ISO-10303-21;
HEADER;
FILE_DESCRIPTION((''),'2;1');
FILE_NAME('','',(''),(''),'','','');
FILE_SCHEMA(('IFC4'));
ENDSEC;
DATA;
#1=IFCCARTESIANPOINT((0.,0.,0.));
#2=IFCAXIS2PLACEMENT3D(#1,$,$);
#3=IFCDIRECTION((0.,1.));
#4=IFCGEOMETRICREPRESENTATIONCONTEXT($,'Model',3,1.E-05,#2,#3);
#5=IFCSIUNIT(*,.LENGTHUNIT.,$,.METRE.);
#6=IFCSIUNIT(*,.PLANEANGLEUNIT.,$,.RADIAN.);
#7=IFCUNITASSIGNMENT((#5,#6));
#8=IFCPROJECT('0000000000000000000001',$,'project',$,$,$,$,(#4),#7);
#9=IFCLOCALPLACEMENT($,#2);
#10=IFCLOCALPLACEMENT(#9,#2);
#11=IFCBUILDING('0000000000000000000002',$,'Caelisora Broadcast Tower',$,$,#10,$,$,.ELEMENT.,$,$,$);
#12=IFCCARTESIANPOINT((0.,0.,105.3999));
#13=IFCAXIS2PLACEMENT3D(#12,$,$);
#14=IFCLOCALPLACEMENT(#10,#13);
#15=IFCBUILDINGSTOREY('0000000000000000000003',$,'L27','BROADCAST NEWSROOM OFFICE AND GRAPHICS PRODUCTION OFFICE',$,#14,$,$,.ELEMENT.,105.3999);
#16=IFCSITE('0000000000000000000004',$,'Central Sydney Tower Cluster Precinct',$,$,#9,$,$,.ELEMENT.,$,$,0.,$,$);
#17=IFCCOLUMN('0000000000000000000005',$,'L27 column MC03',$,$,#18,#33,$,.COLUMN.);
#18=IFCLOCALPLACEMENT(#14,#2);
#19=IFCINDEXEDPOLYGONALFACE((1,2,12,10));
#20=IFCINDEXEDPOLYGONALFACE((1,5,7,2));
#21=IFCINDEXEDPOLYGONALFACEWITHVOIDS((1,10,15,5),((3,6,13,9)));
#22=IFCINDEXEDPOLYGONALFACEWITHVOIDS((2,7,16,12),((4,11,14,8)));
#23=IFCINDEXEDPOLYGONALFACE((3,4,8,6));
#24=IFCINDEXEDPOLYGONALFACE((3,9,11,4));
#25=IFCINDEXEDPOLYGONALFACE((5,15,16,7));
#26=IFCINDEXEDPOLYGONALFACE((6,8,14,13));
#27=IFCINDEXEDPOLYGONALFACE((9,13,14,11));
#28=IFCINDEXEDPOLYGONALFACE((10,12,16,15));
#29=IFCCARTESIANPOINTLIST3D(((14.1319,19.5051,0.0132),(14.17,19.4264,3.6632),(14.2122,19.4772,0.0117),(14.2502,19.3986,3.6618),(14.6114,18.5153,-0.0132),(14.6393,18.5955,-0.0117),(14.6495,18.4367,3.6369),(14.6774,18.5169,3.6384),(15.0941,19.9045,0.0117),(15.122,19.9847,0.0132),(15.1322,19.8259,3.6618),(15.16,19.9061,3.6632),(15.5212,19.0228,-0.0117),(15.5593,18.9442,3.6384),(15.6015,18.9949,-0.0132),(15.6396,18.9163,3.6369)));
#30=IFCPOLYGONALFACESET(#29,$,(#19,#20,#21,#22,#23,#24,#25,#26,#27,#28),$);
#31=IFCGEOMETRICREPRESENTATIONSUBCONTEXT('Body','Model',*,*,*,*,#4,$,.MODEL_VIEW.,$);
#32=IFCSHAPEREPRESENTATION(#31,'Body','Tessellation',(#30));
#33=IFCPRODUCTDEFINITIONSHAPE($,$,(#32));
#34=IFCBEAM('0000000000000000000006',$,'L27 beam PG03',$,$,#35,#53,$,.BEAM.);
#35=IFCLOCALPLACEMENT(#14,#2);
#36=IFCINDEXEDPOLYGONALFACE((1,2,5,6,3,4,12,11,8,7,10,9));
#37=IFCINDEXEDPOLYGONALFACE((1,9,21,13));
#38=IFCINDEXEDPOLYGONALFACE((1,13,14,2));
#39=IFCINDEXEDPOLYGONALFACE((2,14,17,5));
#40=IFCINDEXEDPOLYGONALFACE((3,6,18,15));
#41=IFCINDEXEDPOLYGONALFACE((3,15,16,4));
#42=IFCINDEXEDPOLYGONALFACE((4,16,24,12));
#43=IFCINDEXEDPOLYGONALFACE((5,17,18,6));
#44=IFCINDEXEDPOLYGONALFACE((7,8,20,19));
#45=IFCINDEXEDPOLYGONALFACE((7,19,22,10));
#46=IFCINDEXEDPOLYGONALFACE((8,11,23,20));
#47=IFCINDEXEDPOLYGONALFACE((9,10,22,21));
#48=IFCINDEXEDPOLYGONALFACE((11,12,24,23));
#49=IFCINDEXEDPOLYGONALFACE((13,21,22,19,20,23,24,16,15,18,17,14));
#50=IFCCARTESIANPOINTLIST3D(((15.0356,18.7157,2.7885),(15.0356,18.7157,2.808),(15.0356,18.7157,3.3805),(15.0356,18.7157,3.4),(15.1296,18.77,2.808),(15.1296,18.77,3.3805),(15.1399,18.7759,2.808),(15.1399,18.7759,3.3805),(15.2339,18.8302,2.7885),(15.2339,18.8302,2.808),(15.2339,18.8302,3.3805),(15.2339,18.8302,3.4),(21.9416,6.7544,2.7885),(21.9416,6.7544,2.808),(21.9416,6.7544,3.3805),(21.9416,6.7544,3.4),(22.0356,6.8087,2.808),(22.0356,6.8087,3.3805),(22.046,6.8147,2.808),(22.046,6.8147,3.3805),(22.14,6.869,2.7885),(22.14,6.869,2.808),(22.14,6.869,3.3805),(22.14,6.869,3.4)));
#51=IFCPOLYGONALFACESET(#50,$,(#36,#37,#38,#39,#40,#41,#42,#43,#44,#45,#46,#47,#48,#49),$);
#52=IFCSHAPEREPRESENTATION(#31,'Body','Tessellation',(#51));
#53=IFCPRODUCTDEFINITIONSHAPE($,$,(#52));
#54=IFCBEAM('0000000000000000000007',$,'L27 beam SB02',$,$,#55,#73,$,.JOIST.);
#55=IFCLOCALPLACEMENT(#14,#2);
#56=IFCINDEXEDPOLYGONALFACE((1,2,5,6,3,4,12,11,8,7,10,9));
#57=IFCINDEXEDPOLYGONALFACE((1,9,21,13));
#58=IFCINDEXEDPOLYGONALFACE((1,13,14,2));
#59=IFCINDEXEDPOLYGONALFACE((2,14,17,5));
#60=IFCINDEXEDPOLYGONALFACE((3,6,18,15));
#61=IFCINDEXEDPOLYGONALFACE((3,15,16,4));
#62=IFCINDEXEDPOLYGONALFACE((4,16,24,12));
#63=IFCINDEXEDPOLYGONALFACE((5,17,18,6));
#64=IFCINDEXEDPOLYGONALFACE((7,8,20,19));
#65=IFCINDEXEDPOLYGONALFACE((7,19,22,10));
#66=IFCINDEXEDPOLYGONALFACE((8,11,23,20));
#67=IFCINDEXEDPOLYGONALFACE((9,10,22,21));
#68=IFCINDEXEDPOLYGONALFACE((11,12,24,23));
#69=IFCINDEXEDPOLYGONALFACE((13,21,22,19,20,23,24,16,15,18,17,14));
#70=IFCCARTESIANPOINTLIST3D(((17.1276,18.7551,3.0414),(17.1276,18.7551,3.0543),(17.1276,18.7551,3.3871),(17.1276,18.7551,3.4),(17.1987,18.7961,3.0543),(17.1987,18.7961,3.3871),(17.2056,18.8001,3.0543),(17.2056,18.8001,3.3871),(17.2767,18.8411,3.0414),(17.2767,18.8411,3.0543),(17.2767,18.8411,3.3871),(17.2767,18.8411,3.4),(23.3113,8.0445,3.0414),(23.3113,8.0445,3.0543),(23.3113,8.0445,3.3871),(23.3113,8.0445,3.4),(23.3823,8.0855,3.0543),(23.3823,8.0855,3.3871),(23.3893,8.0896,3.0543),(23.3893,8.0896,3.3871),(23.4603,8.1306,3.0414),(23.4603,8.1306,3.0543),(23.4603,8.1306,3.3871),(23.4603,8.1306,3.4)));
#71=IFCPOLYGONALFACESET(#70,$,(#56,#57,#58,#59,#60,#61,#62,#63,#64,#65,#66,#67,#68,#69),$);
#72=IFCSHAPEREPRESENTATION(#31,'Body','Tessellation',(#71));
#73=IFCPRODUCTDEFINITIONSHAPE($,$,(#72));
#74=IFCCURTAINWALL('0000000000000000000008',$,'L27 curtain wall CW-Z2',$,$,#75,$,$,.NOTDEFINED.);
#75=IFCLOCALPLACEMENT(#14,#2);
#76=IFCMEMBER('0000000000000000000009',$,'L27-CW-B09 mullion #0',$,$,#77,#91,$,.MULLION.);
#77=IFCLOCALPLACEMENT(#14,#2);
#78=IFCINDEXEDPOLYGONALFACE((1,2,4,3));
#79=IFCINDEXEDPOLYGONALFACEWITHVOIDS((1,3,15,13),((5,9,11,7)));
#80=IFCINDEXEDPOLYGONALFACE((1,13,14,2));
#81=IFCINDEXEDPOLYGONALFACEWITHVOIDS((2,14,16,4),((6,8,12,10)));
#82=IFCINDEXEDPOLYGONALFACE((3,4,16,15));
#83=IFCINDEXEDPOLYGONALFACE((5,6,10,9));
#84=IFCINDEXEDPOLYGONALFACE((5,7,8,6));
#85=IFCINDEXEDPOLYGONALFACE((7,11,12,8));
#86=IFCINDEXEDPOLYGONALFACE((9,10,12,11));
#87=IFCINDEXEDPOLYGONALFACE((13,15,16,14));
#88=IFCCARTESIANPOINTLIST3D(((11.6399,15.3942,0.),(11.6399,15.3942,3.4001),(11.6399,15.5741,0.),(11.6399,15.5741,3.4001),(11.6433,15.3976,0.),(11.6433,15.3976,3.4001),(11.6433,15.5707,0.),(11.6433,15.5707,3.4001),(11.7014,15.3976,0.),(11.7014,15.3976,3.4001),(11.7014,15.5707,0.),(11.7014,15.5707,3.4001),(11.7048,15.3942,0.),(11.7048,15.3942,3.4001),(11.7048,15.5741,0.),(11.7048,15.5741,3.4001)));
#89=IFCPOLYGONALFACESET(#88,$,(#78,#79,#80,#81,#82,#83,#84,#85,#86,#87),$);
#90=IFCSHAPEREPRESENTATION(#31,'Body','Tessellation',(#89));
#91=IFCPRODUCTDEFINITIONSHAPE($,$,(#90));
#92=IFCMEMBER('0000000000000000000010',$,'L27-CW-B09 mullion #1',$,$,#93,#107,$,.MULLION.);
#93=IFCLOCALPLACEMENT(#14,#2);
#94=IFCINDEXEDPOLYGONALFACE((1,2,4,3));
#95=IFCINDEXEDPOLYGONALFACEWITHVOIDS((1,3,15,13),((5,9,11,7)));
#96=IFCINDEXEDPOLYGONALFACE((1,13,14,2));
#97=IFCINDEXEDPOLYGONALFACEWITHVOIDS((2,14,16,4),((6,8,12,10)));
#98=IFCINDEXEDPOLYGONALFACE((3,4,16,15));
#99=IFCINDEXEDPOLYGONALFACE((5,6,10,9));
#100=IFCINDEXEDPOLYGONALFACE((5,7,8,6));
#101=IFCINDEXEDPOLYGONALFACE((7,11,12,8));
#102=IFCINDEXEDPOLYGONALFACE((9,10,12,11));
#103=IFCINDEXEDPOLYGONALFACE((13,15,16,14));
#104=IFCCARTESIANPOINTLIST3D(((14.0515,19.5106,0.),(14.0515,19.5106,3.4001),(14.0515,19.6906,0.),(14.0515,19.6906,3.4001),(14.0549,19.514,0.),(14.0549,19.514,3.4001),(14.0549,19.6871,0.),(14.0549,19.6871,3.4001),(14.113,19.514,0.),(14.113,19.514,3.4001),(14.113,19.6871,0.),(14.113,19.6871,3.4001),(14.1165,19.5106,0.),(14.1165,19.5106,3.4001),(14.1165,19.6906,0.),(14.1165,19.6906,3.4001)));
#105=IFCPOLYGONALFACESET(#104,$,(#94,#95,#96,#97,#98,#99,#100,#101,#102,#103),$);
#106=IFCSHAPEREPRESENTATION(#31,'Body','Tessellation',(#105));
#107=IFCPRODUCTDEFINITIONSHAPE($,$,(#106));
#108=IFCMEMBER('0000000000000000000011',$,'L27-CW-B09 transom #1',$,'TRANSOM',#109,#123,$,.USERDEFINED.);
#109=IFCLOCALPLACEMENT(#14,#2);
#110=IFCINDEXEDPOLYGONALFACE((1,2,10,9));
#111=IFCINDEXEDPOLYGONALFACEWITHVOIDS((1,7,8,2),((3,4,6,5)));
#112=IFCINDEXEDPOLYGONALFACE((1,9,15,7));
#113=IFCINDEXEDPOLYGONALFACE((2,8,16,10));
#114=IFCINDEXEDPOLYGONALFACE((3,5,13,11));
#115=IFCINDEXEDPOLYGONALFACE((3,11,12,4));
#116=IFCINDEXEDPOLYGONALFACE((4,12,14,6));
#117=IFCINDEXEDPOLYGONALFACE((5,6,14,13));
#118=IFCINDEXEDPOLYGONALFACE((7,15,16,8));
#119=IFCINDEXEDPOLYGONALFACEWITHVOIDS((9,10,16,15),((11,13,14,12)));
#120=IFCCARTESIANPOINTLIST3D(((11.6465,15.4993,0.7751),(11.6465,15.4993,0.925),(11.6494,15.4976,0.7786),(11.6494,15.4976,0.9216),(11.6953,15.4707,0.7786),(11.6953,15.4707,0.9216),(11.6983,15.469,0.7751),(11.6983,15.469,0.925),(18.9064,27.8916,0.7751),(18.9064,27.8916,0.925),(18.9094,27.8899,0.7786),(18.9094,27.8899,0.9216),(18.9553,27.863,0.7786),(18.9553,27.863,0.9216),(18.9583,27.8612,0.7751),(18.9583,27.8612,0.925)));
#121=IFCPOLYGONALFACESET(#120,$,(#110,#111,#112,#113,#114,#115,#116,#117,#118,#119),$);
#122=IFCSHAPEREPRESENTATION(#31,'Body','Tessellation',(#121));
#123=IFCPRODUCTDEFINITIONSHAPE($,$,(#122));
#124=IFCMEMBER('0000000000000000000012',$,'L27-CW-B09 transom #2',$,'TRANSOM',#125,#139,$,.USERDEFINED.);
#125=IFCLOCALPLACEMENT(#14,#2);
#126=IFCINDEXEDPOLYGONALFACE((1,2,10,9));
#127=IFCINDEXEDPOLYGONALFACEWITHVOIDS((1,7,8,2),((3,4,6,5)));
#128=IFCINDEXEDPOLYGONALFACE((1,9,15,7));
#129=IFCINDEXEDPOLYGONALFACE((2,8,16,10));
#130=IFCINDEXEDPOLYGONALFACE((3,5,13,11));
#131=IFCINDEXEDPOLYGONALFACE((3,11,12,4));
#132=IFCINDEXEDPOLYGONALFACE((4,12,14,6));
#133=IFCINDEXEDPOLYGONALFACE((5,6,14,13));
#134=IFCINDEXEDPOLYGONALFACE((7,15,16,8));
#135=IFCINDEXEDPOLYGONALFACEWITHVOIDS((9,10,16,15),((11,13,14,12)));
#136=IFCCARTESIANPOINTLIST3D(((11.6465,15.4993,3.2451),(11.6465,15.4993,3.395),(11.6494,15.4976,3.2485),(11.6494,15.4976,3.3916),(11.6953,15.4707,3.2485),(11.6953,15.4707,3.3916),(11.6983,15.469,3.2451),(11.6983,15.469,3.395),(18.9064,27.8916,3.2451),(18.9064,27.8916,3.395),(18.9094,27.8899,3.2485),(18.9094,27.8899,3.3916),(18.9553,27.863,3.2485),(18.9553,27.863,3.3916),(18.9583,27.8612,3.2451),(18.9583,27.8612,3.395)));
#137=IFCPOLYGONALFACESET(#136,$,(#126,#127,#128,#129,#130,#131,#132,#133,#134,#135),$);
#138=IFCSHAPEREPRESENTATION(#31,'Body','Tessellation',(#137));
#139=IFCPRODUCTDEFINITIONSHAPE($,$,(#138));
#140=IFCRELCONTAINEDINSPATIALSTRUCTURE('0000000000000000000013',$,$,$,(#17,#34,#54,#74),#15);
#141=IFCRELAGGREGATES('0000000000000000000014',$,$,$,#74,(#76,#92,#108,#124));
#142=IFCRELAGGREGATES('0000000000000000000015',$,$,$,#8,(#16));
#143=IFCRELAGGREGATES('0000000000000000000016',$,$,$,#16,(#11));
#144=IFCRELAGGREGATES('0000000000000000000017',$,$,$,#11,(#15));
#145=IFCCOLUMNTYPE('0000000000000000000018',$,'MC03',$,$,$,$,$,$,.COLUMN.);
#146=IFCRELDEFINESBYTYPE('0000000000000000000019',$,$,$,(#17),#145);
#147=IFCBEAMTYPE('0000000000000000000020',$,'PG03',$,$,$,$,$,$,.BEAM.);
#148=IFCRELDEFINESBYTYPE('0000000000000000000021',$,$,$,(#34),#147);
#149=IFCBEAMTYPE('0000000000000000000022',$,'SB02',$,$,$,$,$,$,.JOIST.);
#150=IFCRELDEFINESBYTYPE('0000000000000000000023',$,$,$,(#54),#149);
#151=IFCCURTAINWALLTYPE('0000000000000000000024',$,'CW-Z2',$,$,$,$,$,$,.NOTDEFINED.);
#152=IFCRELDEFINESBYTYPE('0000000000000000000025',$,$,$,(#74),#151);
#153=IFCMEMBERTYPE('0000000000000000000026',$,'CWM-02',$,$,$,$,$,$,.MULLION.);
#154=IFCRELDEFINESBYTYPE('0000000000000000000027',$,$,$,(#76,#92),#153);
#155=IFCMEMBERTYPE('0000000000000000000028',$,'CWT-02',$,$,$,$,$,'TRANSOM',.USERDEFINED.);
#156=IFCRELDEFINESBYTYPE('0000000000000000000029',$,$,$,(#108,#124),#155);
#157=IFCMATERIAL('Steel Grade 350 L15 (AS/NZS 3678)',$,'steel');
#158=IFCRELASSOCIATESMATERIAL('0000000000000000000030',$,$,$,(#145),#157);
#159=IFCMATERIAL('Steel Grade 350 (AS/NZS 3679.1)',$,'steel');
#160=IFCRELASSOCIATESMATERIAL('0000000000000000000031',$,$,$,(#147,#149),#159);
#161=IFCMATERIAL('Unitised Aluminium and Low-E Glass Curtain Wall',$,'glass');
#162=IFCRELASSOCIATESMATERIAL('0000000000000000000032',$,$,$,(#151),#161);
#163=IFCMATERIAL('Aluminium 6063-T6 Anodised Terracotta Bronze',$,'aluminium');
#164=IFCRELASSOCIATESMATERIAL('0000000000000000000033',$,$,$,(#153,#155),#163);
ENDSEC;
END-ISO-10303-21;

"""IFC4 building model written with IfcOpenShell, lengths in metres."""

from ifc_helpers import new_model, si_unit, direction, frame, origin, origin_2d, place, context, subcontext, project, spatial, hollow_rectangle, i_section, extrude, source, transform, mapped, material, material_profile, profile_set, type_object, type_shapes, element, aggregate, save


model = new_model("IFC4")

# Units and contexts
model_context = context("Model", 3, precision=1e-05, world=origin(), true_north=direction((0.0, 1.0)))
body_context = subcontext(model_context, "Body", "Model", "MODEL_VIEW")
ifc_project = project(units=[si_unit("LENGTHUNIT", "METRE"), si_unit("PLANEANGLEUNIT", "RADIAN")], contexts=[model_context])

# Site, building, storey
site_placement = place(None, origin())
site = spatial("IfcSite", under=ifc_project, at=site_placement, Name="Central Sydney Tower Cluster Precinct", CompositionType="ELEMENT", RefElevation=0.0)
building_placement = place(site_placement, origin())
building = spatial("IfcBuilding", under=site, at=building_placement, Name="Caelisora Broadcast Tower", CompositionType="ELEMENT")
storey_placement = place(building_placement, frame((0.0, 0.0, 105.3999)))
storey = spatial("IfcBuildingStorey", under=building, at=storey_placement, Name="L27", Description="BROADCAST NEWSROOM OFFICE AND GRAPHICS PRODUCTION OFFICE", CompositionType="ELEMENT", Elevation=105.3999)

# Column
ifc_material_1 = material(Name="Steel Grade 350 L15 (AS/NZS 3678)", Category="steel")
ifc_material_profile_1 = material_profile(ifc_material_1, hollow_rectangle(XDim=1.1001, YDim=1.1001, WallThickness=0.0601, at=origin_2d()), Name="Steel Grade 350 L15 (AS/NZS 3678)")
ifc_profile_set_1 = profile_set([ifc_material_profile_1], Name="Steel Grade 350 L15 (AS/NZS 3678)")
column_type = type_object("IfcColumnType", Name="MC03", PredefinedType="COLUMN", material=ifc_profile_set_1)
shared_shape_1 = source(origin(), body_context, "Body", "SweptSolid", [
    extrude(hollow_rectangle(XDim=1.1001, YDim=1.1001, WallThickness=0.0601, at=origin_2d()), origin(), (0.0, 0.0, 1.0), 3.6511),
])
type_shapes(column_type, [shared_shape_1])
column_placement = place(storey_placement, frame((14.8667, 19.25, 0.0), z_axis=(0.010431, -0.021531, 0.999714), x_axis=(0.899947, 0.435999, 0.0)))
element("IfcColumn", 1, at=column_placement, inside=storey, type_object=column_type, Name="L27 column MC03", PredefinedType="COLUMN", context=body_context, shape_type="MappedRepresentation", body=[
    mapped(shared_shape_1, transform((0.0, 0.0, 0.0), scale=1.0)),
])

# Beams
ifc_material_2 = material(Name="Steel Grade 350 (AS/NZS 3679.1)", Category="steel")
ifc_material_profile_2 = material_profile(ifc_material_2, i_section(OverallWidth=0.229, OverallDepth=0.6116, WebThickness=0.012, FlangeThickness=0.0195, at=origin_2d()), Name="Steel Grade 350 (AS/NZS 3679.1)")
ifc_profile_set_2 = profile_set([ifc_material_profile_2], Name="Steel Grade 350 (AS/NZS 3679.1)")
beam_type_1 = type_object("IfcBeamType", Name="PG03", PredefinedType="BEAM", material=ifc_profile_set_2)
shared_shape_2 = source(origin(), body_context, "Body", "SweptSolid", [
    extrude(i_section(OverallWidth=0.229, OverallDepth=0.6116, WebThickness=0.012, FlangeThickness=0.0195, at=origin_2d()), origin(), (0.0, 0.0, 1.0), 13.8118),
])
type_shapes(beam_type_1, [shared_shape_2])
beam_1_placement = place(storey_placement, frame((15.1348, 18.7729, 3.0942), z_axis=(0.500012, -0.866019, 0.0), x_axis=(0.866019, 0.500012, 0.0)))
element("IfcBeam", 2, at=beam_1_placement, inside=storey, type_object=beam_type_1, Name="L27 beam PG03", PredefinedType="BEAM", context=body_context, shape_type="MappedRepresentation", body=[
    mapped(shared_shape_2, transform((0.0, 0.0, 0.0), scale=1.0)),
])
ifc_material_profile_3 = material_profile(ifc_material_2, i_section(OverallWidth=0.1721, OverallDepth=0.3586, WebThickness=0.0081, FlangeThickness=0.0129, at=origin_2d()), Name="Steel Grade 350 (AS/NZS 3679.1)")
ifc_profile_set_3 = profile_set([ifc_material_profile_3], Name="Steel Grade 350 (AS/NZS 3679.1)")
beam_type_2 = type_object("IfcBeamType", Name="SB02", PredefinedType="JOIST", material=ifc_profile_set_3)
shared_shape_3 = source(origin(), body_context, "Body", "SweptSolid", [
    extrude(i_section(OverallWidth=0.1721, OverallDepth=0.3586, WebThickness=0.0081, FlangeThickness=0.0129, at=origin_2d()), origin(), (0.0, 0.0, 1.0), 12.3674),
])
type_shapes(beam_type_2, [shared_shape_3])
beam_2_placement = place(storey_placement, frame((17.2021, 18.7981, 3.2207), z_axis=(0.499995, -0.866028, 0.0), x_axis=(0.866028, 0.499995, 0.0)))
element("IfcBeam", 3, at=beam_2_placement, inside=storey, type_object=beam_type_2, Name="L27 beam SB02", PredefinedType="JOIST", context=body_context, shape_type="MappedRepresentation", body=[
    mapped(shared_shape_3, transform((0.0, 0.0, 0.0), scale=1.0)),
])

# Curtain wall, members
ifc_material_3 = material(Name="Unitised Aluminium and Low-E Glass Curtain Wall", Category="glass")
curtain_wall_type = type_object("IfcCurtainWallType", Name="CW-Z2", PredefinedType="NOTDEFINED", material=ifc_material_3)
curtain_wall_placement = place(storey_placement, origin())
curtain_wall = element("IfcCurtainWall", 4, at=curtain_wall_placement, inside=storey, type_object=curtain_wall_type, Name="L27 curtain wall CW-Z2", PredefinedType="NOTDEFINED")
ifc_material_4 = material(Name="Aluminium 6063-T6 Anodised Terracotta Bronze", Category="aluminium")
ifc_material_profile_4 = material_profile(ifc_material_4, hollow_rectangle(XDim=0.0649, YDim=0.1799, WallThickness=0.0034, at=origin_2d()), Name="Aluminium 6063-T6 Anodised Terracotta Bronze")
ifc_profile_set_4 = profile_set([ifc_material_profile_4], Name="Aluminium 6063-T6 Anodised Terracotta Bronze")
member_type_1 = type_object("IfcMemberType", Name="CWM-02", PredefinedType="MULLION", material=ifc_profile_set_4)
shared_shape_4 = source(origin(), body_context, "Body", "SweptSolid", [
    extrude(hollow_rectangle(XDim=0.0649, YDim=0.1799, WallThickness=0.0034, at=origin_2d()), origin(), (0.0, 0.0, 1.0), 3.4001),
])
type_shapes(member_type_1, [shared_shape_4])
member_1_placement = place(storey_placement, frame((11.6724, 15.4841, 0.0), z_axis=(0.0, 0.0, 1.0), x_axis=(1.0, 0.0, 0.0)))
member_1 = element("IfcMember", 5, at=member_1_placement, type_object=member_type_1, Name="L27-CW-B09 mullion #0", PredefinedType="MULLION", context=body_context, shape_type="MappedRepresentation", body=[
    mapped(shared_shape_4, transform((0.0, 0.0, 0.0), scale=1.0)),
])
member_2_placement = place(storey_placement, frame((14.084, 19.6006, 0.0), z_axis=(0.0, 0.0, 1.0), x_axis=(1.0, 0.0, 0.0)))
member_2 = element("IfcMember", 6, at=member_2_placement, type_object=member_type_1, Name="L27-CW-B09 mullion #1", PredefinedType="MULLION", context=body_context, shape_type="MappedRepresentation", body=[
    mapped(shared_shape_4, transform((0.0, 0.0, 0.0), scale=1.0)),
])
ifc_material_profile_5 = material_profile(ifc_material_4, hollow_rectangle(XDim=0.0601, YDim=0.1499, WallThickness=0.0034, at=origin_2d()), Name="Aluminium 6063-T6 Anodised Terracotta Bronze")
ifc_profile_set_5 = profile_set([ifc_material_profile_5], Name="Aluminium 6063-T6 Anodised Terracotta Bronze")
member_type_2 = type_object("IfcMemberType", Name="CWT-02", ElementType="TRANSOM", PredefinedType="USERDEFINED", material=ifc_profile_set_5)
shared_shape_5 = source(origin(), body_context, "Body", "SweptSolid", [
    extrude(hollow_rectangle(XDim=0.0601, YDim=0.1499, WallThickness=0.0034, at=origin_2d()), origin(), (0.0, 0.0, 1.0), 14.3623),
])
type_shapes(member_type_2, [shared_shape_5])
member_3_placement = place(storey_placement, frame((11.6724, 15.4841, 0.8501), z_axis=(0.505488, 0.862833, 0.0), x_axis=(-0.862833, 0.505488, 0.0)))
member_3 = element("IfcMember", 7, at=member_3_placement, type_object=member_type_2, Name="L27-CW-B09 transom #1", ObjectType="TRANSOM", PredefinedType="USERDEFINED", context=body_context, shape_type="MappedRepresentation", body=[
    mapped(shared_shape_5, transform((0.0, 0.0, 0.0), scale=1.0)),
])
member_4_placement = place(storey_placement, frame((11.6724, 15.4841, 3.3201), z_axis=(0.505488, 0.862833, 0.0), x_axis=(-0.862833, 0.505488, 0.0)))
member_4 = element("IfcMember", 8, at=member_4_placement, type_object=member_type_2, Name="L27-CW-B09 transom #2", ObjectType="TRANSOM", PredefinedType="USERDEFINED", context=body_context, shape_type="MappedRepresentation", body=[
    mapped(shared_shape_5, transform((0.0, 0.0, 0.0), scale=1.0)),
])

aggregate(curtain_wall, [member_1, member_2, member_3, member_4])

save(model, "model.ifc")
